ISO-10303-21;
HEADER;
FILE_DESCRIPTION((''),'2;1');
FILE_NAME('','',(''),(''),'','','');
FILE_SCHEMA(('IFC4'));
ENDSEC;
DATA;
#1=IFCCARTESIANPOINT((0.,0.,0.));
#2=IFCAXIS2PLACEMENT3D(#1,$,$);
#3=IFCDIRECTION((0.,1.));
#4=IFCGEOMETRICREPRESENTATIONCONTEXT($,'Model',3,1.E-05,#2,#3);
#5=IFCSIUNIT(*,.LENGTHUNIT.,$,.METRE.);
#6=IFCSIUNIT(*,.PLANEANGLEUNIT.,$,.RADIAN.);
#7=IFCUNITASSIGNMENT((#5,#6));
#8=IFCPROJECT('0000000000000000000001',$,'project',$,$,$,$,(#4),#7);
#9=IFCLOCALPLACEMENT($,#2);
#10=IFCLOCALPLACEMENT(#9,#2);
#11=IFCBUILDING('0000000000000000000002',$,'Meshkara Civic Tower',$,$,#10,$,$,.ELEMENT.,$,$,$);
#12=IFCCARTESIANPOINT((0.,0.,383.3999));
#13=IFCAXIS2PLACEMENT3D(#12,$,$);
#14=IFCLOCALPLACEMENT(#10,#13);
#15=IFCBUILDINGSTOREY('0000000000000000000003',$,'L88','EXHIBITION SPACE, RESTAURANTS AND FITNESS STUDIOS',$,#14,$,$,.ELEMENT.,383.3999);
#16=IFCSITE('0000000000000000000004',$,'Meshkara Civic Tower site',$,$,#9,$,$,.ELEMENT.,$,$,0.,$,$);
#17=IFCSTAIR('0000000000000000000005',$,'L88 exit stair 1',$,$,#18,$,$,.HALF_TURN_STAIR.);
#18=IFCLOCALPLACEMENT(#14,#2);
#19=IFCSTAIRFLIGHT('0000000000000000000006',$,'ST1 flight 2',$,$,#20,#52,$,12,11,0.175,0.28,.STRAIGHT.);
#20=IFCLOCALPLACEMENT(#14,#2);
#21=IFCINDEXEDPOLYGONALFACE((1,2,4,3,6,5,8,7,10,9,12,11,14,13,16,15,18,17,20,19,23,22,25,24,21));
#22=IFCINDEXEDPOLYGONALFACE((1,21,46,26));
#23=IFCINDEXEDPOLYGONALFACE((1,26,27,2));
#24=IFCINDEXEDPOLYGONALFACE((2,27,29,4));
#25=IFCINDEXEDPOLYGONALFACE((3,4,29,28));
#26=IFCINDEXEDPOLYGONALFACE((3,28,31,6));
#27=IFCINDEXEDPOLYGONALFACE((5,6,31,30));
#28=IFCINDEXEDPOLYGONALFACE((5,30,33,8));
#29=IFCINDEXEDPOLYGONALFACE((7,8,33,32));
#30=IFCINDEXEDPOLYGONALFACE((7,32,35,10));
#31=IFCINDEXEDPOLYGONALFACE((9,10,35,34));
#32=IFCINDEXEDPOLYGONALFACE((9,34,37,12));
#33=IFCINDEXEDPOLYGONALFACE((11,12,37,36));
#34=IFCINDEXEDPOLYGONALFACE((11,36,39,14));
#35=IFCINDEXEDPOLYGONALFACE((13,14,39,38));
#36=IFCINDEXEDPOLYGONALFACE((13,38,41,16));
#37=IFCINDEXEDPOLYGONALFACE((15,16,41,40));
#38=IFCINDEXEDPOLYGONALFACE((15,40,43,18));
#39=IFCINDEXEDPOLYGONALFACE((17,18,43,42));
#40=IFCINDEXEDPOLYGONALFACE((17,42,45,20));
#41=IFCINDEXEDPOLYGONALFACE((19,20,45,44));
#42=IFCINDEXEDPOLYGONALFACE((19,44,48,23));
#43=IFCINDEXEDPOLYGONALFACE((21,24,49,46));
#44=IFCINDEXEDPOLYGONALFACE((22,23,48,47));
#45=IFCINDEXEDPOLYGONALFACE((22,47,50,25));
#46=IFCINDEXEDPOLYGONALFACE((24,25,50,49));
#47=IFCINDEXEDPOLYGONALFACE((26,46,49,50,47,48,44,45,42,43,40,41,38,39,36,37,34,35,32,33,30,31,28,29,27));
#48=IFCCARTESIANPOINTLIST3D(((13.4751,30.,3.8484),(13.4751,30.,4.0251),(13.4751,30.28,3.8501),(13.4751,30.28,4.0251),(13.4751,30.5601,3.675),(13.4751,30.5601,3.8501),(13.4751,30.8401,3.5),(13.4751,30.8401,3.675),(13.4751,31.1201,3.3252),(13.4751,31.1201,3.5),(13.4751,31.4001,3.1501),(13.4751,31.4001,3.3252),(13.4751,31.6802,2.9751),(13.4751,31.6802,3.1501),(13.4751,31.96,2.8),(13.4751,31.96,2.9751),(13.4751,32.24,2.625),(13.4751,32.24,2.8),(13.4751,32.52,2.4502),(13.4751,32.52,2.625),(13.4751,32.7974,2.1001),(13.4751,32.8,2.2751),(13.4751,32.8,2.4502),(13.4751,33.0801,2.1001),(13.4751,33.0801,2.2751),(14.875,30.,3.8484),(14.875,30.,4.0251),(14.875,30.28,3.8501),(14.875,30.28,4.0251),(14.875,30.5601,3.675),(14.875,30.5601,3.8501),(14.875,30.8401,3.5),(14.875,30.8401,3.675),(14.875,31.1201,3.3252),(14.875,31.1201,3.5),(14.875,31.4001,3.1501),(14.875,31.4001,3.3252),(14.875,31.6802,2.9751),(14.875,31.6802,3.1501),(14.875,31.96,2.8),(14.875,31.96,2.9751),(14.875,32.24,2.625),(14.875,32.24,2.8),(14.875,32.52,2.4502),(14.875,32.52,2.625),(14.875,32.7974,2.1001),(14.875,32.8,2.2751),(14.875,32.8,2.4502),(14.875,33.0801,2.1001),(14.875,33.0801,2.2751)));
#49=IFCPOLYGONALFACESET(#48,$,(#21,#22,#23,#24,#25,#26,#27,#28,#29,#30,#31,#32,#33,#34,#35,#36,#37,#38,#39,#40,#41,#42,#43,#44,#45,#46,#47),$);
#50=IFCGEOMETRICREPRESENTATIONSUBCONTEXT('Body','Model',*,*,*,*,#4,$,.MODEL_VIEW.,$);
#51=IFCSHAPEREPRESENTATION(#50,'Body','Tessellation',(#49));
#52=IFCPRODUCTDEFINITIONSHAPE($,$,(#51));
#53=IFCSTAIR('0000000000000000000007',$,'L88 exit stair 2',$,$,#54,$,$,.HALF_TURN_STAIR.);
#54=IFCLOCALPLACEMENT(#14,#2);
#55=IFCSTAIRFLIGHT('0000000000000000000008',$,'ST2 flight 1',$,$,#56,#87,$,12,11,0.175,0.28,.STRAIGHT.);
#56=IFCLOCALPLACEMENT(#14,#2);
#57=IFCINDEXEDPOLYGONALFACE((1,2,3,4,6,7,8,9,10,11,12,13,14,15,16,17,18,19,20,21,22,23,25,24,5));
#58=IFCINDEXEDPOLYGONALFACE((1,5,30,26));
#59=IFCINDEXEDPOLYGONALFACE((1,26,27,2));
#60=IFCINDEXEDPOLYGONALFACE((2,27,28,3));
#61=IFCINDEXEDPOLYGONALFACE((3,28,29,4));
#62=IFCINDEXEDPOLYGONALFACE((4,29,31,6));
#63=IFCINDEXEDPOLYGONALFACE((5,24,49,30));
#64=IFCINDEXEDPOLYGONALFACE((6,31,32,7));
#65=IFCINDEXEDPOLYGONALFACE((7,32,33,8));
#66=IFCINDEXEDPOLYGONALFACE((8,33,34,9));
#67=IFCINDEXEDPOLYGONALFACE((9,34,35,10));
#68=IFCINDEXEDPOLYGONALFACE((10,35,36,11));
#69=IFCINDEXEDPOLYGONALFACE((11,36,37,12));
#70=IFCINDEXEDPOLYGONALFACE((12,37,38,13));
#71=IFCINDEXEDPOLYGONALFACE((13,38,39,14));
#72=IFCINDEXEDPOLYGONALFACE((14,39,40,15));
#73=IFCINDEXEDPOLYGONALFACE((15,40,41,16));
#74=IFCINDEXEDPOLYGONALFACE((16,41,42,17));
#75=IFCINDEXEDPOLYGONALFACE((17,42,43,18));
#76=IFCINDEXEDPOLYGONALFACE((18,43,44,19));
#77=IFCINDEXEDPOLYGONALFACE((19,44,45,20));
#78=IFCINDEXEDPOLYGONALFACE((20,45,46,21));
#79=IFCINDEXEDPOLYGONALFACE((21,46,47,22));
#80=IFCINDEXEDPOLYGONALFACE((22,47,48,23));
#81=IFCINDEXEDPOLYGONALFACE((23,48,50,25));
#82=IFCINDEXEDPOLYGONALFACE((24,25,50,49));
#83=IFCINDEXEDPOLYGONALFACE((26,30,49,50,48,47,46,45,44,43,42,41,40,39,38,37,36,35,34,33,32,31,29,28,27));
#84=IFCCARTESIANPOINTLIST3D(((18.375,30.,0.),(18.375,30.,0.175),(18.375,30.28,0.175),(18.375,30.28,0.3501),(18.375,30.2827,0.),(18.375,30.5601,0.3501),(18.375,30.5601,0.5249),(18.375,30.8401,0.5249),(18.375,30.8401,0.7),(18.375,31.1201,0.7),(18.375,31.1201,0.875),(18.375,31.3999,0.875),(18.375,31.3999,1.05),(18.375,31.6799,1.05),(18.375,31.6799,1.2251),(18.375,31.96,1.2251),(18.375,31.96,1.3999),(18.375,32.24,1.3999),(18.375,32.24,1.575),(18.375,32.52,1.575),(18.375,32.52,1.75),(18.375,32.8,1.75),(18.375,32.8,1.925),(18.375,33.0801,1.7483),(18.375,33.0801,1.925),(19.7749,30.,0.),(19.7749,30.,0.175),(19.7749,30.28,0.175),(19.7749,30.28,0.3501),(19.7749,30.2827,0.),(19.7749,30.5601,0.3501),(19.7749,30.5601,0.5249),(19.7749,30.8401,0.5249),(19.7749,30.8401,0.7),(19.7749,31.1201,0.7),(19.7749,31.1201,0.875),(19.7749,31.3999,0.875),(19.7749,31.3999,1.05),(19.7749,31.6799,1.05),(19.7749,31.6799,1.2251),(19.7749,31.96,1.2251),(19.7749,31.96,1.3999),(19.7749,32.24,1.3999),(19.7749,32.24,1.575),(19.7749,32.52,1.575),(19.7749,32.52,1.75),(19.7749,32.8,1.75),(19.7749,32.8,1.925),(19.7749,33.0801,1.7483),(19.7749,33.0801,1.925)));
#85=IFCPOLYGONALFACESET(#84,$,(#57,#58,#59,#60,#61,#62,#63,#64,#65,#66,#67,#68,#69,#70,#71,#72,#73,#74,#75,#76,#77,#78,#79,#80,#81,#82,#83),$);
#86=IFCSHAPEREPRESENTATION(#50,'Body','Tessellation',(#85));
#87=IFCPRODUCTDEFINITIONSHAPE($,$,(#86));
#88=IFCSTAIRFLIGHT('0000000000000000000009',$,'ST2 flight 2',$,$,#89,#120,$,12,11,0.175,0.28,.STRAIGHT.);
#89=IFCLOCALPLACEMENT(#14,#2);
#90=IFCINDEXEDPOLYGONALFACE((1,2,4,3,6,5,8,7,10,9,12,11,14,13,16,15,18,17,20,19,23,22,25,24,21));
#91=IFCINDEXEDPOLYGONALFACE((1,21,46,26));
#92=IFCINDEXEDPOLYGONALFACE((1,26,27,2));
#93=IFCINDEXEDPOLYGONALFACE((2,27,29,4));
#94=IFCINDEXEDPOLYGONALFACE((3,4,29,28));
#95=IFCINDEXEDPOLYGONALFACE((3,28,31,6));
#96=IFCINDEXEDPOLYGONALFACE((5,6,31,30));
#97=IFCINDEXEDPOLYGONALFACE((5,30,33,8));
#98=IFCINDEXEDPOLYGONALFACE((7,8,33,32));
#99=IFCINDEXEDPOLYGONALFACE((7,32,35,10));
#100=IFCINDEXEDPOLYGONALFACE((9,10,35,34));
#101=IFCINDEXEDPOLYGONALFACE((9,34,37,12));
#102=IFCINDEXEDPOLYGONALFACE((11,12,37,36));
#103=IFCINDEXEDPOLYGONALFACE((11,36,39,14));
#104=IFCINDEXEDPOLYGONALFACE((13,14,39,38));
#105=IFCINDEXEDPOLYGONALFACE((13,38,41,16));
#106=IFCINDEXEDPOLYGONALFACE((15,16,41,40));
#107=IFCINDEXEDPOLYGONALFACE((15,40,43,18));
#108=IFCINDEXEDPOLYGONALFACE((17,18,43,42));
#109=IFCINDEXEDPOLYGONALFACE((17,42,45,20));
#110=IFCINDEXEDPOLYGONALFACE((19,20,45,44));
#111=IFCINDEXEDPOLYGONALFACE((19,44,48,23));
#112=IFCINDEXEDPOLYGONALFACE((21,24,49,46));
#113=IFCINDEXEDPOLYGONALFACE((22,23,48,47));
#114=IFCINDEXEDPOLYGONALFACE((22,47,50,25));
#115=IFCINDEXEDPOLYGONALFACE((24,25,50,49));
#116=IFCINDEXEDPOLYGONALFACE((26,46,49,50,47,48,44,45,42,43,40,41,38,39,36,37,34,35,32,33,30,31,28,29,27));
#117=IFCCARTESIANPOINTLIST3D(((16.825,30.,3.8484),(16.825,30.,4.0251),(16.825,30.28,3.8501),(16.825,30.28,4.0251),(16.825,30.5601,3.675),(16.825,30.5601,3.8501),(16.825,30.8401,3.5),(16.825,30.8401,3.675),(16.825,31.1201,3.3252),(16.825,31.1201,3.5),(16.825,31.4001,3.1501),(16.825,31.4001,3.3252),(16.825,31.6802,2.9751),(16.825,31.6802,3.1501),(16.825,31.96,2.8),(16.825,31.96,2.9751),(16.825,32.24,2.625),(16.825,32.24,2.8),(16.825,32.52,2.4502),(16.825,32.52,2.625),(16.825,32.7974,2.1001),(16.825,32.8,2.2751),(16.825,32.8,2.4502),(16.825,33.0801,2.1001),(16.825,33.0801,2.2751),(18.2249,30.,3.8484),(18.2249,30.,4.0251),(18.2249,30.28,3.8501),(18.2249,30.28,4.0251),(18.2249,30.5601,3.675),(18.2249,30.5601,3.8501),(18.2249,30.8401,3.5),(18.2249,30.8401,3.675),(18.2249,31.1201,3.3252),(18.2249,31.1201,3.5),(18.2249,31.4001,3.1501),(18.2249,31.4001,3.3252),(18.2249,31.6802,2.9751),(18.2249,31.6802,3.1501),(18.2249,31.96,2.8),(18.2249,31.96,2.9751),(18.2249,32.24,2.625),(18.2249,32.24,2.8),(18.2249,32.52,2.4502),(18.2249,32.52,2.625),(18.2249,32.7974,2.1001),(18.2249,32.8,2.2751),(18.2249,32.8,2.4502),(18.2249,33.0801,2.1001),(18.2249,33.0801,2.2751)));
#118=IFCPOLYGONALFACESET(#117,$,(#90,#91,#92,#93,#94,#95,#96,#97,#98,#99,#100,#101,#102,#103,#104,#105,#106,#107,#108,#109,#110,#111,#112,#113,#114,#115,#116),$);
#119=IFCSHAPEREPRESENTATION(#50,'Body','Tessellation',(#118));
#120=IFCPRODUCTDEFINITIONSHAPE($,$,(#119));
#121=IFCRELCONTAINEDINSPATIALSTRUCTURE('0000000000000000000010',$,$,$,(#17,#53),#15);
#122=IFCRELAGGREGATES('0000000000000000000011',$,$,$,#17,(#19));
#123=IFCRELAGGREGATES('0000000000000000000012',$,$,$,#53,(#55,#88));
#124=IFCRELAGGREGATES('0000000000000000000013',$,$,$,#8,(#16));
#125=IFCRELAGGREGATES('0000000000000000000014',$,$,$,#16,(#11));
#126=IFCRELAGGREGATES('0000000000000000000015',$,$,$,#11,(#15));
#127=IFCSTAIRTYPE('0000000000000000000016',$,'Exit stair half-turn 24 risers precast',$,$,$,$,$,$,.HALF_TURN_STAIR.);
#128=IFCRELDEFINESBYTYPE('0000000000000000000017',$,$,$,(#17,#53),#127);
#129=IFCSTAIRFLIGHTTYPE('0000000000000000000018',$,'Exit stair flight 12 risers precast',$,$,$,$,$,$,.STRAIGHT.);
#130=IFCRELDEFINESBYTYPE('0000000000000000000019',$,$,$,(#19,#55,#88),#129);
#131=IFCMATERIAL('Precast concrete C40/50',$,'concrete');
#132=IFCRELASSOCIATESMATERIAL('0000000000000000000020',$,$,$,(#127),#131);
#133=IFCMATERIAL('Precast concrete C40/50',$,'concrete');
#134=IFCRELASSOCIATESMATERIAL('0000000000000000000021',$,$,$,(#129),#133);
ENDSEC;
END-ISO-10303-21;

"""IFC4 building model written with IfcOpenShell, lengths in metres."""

from ifc_helpers import new_model, si_unit, direction, frame, origin, place, context, subcontext, project, spatial, polyline, outline, extrude, material, type_object, element, aggregate, save


model = new_model("IFC4")

# Units and contexts
model_context = context("Model", 3, precision=1e-05, world=origin(), true_north=direction((0.0, 1.0)))
body_context = subcontext(model_context, "Body", "Model", "MODEL_VIEW")
ifc_project = project(units=[si_unit("LENGTHUNIT", "METRE"), si_unit("PLANEANGLEUNIT", "RADIAN")], contexts=[model_context])

# Site, building, storey
site_placement = place(None, origin())
site = spatial("IfcSite", under=ifc_project, at=site_placement, Name="Meshkara Civic Tower site", CompositionType="ELEMENT", RefElevation=0.0)
building_placement = place(site_placement, origin())
building = spatial("IfcBuilding", under=site, at=building_placement, Name="Meshkara Civic Tower", CompositionType="ELEMENT")
storey_placement = place(building_placement, frame((0.0, 0.0, 383.3999)))
storey = spatial("IfcBuildingStorey", under=building, at=storey_placement, Name="L88", Description="EXHIBITION SPACE, RESTAURANTS AND FITNESS STUDIOS", CompositionType="ELEMENT", Elevation=383.3999)

# Stairs, stair flights
ifc_material_1 = material(Name="Precast concrete C40/50", Category="concrete")
stair_type = type_object("IfcStairType", Name="Exit stair half-turn 24 risers precast", PredefinedType="HALF_TURN_STAIR", material=ifc_material_1)
stair_1_placement = place(storey_placement, origin())
stair_1 = element("IfcStair", 1, at=stair_1_placement, inside=storey, type_object=stair_type, Name="L88 exit stair 1", PredefinedType="HALF_TURN_STAIR")
ifc_material_2 = material(Name="Precast concrete C40/50", Category="concrete")
stair_flight_type = type_object("IfcStairFlightType", Name="Exit stair flight 12 risers precast", PredefinedType="STRAIGHT", material=ifc_material_2)
stair_flight_1_placement = place(storey_placement, frame((14.175, 33.0801, 2.1001), z_axis=(0.0, 0.0, 1.0), x_axis=(0.0, -1.0, 0.0)))
stair_flight_1 = element("IfcStairFlight", 2, at=stair_flight_1_placement, type_object=stair_flight_type, Name="ST1 flight 2", NumberOfRisers=12, NumberOfTreads=11, PredefinedType="STRAIGHT", RiserHeight=0.175, TreadLength=0.28, context=body_context, shape_type="SweptSolid", body=[
    extrude(outline(polyline([(0.0, 0.0), (0.0, 0.175), (0.28, 0.175), (0.28, 0.3501), (0.5601, 0.3501), (0.5601, 0.5249), (0.8401, 0.5249), (0.8401, 0.7), (1.1201, 0.7), (1.1201, 0.875), (1.3999, 0.875), (1.3999, 1.05), (1.6799, 1.05), (1.6799, 1.2251), (1.96, 1.2251), (1.96, 1.3999), (2.24, 1.3999), (2.24, 1.575), (2.52, 1.575), (2.52, 1.75), (2.8, 1.75), (2.8, 1.925), (3.0801, 1.925), (3.0801, 2.1001), (3.0801, 1.7483), (0.2827, 0.0), (0.0, 0.0)])), frame((0.0, 0.7, 0.0), z_axis=(0.0, -1.0, 0.0), x_axis=(1.0, 0.0, 0.0)), (0.0, 0.0, 1.0), 1.3999),
])
aggregate(stair_1, [stair_flight_1])
stair_2_placement = place(storey_placement, origin())
stair_2 = element("IfcStair", 3, at=stair_2_placement, inside=storey, type_object=stair_type, Name="L88 exit stair 2", PredefinedType="HALF_TURN_STAIR")
stair_flight_2_placement = place(storey_placement, frame((19.075, 30.0, 0.0), z_axis=(0.0, 0.0, 1.0), x_axis=(0.0, 1.0, 0.0)))
stair_flight_2 = element("IfcStairFlight", 4, at=stair_flight_2_placement, type_object=stair_flight_type, Name="ST2 flight 1", NumberOfRisers=12, NumberOfTreads=11, PredefinedType="STRAIGHT", RiserHeight=0.175, TreadLength=0.28, context=body_context, shape_type="SweptSolid", body=[
    extrude(outline(polyline([(0.0, 0.0), (0.0, 0.175), (0.28, 0.175), (0.28, 0.3501), (0.5601, 0.3501), (0.5601, 0.5249), (0.8401, 0.5249), (0.8401, 0.7), (1.1201, 0.7), (1.1201, 0.875), (1.3999, 0.875), (1.3999, 1.05), (1.6799, 1.05), (1.6799, 1.2251), (1.96, 1.2251), (1.96, 1.3999), (2.24, 1.3999), (2.24, 1.575), (2.52, 1.575), (2.52, 1.75), (2.8, 1.75), (2.8, 1.925), (3.0801, 1.925), (3.0801, 2.1001), (3.0801, 1.7483), (0.2827, 0.0), (0.0, 0.0)])), frame((0.0, 0.7, 0.0), z_axis=(0.0, -1.0, 0.0), x_axis=(1.0, 0.0, 0.0)), (0.0, 0.0, 1.0), 1.3999),
])
stair_flight_3_placement = place(storey_placement, frame((17.5249, 33.0801, 2.1001), z_axis=(0.0, 0.0, 1.0), x_axis=(0.0, -1.0, 0.0)))
stair_flight_3 = element("IfcStairFlight", 5, at=stair_flight_3_placement, type_object=stair_flight_type, Name="ST2 flight 2", NumberOfRisers=12, NumberOfTreads=11, PredefinedType="STRAIGHT", RiserHeight=0.175, TreadLength=0.28, context=body_context, shape_type="SweptSolid", body=[
    extrude(outline(polyline([(0.0, 0.0), (0.0, 0.175), (0.28, 0.175), (0.28, 0.3501), (0.5601, 0.3501), (0.5601, 0.5249), (0.8401, 0.5249), (0.8401, 0.7), (1.1201, 0.7), (1.1201, 0.875), (1.3999, 0.875), (1.3999, 1.05), (1.6799, 1.05), (1.6799, 1.2251), (1.96, 1.2251), (1.96, 1.3999), (2.24, 1.3999), (2.24, 1.575), (2.52, 1.575), (2.52, 1.75), (2.8, 1.75), (2.8, 1.925), (3.0801, 1.925), (3.0801, 2.1001), (3.0801, 1.7483), (0.2827, 0.0), (0.0, 0.0)])), frame((0.0, 0.7, 0.0), z_axis=(0.0, -1.0, 0.0), x_axis=(1.0, 0.0, 0.0)), (0.0, 0.0, 1.0), 1.3999),
])
aggregate(stair_2, [stair_flight_2, stair_flight_3])

save(model, "model.ifc")
